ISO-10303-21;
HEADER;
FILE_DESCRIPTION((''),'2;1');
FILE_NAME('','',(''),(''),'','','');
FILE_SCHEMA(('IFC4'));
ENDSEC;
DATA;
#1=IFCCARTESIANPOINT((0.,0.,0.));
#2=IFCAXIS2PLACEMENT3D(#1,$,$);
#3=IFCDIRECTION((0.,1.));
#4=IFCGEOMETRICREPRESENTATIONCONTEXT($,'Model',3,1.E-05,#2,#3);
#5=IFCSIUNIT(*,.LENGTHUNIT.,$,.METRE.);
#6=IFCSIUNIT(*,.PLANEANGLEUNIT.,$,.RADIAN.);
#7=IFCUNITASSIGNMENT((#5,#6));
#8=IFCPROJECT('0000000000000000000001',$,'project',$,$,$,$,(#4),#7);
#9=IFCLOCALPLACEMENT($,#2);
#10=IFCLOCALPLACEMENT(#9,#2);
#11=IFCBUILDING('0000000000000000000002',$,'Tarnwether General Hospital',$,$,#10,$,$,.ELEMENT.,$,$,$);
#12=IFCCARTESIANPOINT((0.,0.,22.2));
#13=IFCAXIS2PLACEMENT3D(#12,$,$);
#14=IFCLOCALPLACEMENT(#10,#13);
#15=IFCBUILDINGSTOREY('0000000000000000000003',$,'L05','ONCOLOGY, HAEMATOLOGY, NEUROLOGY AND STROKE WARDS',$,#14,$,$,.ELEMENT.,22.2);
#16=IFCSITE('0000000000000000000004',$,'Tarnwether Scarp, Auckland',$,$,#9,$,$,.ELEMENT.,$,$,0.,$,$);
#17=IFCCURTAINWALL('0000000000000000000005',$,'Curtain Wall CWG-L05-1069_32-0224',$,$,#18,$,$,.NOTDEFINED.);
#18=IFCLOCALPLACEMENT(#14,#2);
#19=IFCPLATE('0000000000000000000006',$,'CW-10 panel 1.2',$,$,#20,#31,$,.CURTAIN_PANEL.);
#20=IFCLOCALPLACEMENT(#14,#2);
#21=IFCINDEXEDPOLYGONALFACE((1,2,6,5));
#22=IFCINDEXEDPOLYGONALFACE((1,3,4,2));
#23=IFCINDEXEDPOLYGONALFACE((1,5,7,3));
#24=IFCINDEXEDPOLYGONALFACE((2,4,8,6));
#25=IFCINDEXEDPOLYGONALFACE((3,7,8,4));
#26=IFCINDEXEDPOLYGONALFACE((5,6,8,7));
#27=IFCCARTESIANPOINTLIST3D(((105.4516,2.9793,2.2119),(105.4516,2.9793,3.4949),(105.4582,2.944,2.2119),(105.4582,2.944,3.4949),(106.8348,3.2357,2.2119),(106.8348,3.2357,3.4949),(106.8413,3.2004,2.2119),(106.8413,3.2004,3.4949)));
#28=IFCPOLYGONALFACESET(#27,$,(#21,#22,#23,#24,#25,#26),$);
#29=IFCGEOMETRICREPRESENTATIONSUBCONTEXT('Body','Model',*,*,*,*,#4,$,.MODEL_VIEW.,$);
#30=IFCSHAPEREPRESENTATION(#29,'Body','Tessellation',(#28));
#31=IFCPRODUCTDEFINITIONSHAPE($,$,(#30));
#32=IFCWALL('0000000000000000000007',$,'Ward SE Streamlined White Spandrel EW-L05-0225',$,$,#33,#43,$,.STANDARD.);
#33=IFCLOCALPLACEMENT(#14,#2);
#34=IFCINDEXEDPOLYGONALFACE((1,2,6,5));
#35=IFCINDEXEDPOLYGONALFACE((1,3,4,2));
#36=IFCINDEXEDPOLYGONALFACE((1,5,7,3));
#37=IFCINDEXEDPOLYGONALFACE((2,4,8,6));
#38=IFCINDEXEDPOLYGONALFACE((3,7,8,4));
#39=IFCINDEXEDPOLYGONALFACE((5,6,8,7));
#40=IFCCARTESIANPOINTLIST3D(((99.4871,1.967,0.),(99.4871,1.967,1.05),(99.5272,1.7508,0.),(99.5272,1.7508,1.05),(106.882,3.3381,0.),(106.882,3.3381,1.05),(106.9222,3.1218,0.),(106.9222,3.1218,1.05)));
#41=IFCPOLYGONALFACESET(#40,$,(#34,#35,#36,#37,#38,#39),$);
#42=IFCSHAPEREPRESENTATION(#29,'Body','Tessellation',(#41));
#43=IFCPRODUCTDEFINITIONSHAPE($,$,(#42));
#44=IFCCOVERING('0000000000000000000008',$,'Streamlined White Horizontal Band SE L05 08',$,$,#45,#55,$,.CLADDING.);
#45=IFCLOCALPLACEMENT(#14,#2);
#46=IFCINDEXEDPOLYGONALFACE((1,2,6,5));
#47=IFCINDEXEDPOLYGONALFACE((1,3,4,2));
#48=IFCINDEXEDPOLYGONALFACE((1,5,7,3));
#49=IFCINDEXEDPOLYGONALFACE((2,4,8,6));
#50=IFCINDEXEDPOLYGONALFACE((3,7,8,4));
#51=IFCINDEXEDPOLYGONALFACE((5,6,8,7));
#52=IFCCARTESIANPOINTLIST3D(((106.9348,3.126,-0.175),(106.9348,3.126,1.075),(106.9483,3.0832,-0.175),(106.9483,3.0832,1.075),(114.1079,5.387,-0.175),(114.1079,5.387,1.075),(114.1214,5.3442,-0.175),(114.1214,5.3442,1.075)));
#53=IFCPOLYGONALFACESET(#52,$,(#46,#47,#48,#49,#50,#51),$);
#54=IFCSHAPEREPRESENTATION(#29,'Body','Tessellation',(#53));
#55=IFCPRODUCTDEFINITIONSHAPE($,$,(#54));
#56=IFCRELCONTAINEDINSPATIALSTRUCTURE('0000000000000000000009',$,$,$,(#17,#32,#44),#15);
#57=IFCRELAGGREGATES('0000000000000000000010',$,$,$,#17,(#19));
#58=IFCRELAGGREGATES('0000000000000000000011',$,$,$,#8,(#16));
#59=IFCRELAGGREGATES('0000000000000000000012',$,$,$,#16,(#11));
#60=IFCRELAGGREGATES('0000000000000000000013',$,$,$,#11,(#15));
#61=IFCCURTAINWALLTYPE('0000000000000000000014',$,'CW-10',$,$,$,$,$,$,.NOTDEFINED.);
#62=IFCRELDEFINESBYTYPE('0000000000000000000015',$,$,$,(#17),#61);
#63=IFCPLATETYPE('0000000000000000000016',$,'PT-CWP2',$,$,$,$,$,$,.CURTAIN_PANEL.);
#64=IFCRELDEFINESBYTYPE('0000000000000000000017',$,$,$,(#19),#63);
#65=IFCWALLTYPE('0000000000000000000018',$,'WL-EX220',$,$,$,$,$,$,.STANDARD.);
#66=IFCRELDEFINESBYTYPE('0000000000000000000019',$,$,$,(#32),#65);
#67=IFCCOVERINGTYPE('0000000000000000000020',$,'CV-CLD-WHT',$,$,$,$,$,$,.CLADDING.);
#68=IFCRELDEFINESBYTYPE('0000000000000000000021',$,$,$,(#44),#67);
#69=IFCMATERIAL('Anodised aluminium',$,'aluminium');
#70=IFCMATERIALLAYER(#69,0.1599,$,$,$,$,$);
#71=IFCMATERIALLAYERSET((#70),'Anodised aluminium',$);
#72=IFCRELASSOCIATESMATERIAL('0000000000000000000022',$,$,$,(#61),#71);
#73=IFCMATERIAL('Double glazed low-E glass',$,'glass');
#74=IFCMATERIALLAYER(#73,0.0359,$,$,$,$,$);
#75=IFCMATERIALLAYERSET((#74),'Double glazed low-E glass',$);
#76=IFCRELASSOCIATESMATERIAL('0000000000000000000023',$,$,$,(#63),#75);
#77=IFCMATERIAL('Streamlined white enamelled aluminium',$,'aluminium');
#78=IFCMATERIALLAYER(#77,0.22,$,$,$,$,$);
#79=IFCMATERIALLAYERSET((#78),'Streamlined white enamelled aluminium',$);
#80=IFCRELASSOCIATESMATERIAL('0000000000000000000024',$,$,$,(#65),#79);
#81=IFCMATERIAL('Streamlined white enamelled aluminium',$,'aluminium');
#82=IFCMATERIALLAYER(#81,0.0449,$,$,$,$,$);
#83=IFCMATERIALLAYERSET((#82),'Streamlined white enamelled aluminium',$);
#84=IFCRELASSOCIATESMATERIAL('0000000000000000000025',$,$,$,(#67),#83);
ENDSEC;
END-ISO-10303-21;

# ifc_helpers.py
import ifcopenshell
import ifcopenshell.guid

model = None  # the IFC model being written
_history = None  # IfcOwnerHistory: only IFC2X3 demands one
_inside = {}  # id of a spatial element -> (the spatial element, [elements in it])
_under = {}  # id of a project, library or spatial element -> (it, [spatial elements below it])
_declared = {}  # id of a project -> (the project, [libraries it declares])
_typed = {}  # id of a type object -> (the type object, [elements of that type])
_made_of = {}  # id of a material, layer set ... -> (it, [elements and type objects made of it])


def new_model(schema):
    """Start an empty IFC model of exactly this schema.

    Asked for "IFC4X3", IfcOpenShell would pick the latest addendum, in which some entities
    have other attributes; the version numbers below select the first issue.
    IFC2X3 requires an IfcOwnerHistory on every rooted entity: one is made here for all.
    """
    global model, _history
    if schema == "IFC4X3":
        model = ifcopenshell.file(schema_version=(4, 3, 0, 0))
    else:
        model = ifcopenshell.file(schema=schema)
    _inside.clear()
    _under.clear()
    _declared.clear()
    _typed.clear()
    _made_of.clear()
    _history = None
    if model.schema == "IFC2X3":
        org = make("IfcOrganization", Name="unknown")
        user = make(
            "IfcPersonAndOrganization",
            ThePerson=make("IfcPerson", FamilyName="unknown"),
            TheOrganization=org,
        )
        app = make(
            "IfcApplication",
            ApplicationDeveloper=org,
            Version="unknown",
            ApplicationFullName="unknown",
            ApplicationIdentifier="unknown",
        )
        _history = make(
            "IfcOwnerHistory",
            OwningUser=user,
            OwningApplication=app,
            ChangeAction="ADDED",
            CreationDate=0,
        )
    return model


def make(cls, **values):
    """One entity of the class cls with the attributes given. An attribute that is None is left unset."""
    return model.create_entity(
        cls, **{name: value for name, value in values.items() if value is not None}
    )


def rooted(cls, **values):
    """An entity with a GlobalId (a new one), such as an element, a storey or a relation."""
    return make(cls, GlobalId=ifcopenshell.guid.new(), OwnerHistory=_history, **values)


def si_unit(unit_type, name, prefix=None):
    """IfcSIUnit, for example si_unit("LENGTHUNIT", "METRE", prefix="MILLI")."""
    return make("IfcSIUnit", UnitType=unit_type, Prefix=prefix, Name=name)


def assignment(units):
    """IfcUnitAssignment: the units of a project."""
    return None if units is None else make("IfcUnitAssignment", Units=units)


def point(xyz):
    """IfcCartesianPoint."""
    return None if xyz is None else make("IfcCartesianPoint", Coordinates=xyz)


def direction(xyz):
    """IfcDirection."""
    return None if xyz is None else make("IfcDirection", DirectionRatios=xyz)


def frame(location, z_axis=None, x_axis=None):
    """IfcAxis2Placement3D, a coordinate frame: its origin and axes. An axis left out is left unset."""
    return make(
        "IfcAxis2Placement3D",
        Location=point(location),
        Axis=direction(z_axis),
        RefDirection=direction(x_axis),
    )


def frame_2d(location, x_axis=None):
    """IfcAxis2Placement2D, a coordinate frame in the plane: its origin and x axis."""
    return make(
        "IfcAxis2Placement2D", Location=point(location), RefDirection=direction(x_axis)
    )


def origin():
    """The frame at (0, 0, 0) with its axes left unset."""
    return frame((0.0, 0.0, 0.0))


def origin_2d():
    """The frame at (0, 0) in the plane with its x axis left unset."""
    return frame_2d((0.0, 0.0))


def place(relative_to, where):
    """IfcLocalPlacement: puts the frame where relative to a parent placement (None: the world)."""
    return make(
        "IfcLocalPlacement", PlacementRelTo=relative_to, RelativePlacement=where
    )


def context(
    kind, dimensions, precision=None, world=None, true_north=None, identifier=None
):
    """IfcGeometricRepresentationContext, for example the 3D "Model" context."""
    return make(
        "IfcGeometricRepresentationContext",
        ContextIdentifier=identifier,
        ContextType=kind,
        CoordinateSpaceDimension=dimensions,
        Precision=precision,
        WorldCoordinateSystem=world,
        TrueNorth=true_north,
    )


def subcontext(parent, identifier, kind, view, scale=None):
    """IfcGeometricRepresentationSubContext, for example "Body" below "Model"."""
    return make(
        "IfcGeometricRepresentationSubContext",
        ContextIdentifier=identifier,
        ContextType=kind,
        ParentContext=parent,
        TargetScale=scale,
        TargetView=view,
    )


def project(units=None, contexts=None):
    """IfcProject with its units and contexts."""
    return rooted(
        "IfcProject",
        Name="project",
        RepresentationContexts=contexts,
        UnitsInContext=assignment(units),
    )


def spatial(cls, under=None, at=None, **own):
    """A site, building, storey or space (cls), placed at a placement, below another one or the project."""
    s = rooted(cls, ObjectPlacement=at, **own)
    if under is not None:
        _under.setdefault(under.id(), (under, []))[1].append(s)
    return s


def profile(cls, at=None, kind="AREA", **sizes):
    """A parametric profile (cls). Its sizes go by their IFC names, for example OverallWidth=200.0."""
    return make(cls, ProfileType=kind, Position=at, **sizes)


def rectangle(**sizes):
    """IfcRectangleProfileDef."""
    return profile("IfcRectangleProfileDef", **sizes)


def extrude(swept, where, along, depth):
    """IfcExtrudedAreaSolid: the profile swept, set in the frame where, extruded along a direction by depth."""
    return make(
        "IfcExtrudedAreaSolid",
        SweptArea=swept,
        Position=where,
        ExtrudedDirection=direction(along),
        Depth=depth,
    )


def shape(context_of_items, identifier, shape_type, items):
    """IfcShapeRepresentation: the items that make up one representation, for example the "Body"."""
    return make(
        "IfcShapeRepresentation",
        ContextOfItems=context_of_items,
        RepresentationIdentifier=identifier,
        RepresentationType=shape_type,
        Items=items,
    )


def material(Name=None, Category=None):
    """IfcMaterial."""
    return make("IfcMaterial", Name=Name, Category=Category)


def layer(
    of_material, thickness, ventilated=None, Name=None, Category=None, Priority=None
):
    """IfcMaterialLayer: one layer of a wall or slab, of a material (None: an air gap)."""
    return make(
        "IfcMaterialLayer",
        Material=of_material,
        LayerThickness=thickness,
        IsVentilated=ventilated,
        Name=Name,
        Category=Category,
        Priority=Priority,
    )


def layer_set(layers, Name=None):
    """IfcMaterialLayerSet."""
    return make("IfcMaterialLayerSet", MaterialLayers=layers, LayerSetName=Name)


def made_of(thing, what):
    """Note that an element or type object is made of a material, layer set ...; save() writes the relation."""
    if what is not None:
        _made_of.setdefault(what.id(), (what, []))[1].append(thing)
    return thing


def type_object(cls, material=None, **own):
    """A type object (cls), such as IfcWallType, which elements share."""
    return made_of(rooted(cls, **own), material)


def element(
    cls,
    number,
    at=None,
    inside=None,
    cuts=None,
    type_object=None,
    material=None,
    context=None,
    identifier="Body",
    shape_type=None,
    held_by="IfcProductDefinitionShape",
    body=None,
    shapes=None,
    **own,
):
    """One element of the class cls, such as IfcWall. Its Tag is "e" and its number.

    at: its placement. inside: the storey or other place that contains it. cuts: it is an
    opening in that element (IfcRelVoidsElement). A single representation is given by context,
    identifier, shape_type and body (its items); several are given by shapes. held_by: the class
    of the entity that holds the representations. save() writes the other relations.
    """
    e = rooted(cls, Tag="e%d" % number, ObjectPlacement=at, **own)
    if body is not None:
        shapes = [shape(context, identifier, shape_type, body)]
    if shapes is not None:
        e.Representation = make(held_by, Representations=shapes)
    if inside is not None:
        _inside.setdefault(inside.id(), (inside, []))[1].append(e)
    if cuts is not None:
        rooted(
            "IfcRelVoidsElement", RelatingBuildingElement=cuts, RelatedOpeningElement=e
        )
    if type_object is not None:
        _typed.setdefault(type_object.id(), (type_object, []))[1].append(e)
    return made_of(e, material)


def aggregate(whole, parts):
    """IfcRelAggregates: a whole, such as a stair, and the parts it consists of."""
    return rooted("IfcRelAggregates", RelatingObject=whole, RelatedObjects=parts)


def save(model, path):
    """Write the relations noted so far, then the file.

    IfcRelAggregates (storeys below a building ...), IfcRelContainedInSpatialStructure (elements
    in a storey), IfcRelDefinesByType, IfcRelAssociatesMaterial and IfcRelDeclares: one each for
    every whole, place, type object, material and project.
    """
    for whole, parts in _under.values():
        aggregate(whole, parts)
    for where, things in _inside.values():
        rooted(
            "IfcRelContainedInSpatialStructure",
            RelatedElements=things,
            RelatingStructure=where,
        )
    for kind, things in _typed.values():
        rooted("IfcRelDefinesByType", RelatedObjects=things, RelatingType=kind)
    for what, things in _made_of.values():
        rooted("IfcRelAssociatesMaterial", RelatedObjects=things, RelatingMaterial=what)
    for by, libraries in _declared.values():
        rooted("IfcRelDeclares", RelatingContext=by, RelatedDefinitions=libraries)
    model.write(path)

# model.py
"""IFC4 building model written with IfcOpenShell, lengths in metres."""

from ifc_helpers import new_model, si_unit, direction, frame, frame_2d, origin, origin_2d, place, context, subcontext, project, spatial, rectangle, extrude, material, layer, layer_set, type_object, element, aggregate, save


model = new_model("IFC4")

# Units and contexts
model_context = context("Model", 3, precision=1e-05, world=origin(), true_north=direction((0.0, 1.0)))
body_context = subcontext(model_context, "Body", "Model", "MODEL_VIEW")
ifc_project = project(units=[si_unit("LENGTHUNIT", "METRE"), si_unit("PLANEANGLEUNIT", "RADIAN")], contexts=[model_context])

# Site, building, storey
site_placement = place(None, origin())
site = spatial("IfcSite", under=ifc_project, at=site_placement, Name="Tarnwether Scarp, Auckland", CompositionType="ELEMENT", RefElevation=0.0)
building_placement = place(site_placement, origin())
building = spatial("IfcBuilding", under=site, at=building_placement, Name="Tarnwether General Hospital", CompositionType="ELEMENT")
storey_placement = place(building_placement, frame((0.0, 0.0, 22.2)))
storey = spatial("IfcBuildingStorey", under=building, at=storey_placement, Name="L05", Description="ONCOLOGY, HAEMATOLOGY, NEUROLOGY AND STROKE WARDS", CompositionType="ELEMENT", Elevation=22.2)

# Curtain wall
ifc_material_1 = material(Name="Anodised aluminium", Category="aluminium")
ifc_layer_1 = layer(ifc_material_1, 0.1599)
ifc_layer_set_1 = layer_set([ifc_layer_1], Name="Anodised aluminium")
curtain_wall_type = type_object("IfcCurtainWallType", Name="CW-10", PredefinedType="NOTDEFINED", material=ifc_layer_set_1)
curtain_wall_1_placement = place(storey_placement, origin())
curtain_wall_1 = element("IfcCurtainWall", 1, at=curtain_wall_1_placement, inside=storey, type_object=curtain_wall_type, Name="Curtain Wall CWG-L05-1069_32-0224", PredefinedType="NOTDEFINED")

# Plate
ifc_material_2 = material(Name="Double glazed low-E glass", Category="glass")
ifc_layer_2 = layer(ifc_material_2, 0.0359)
ifc_layer_set_2 = layer_set([ifc_layer_2], Name="Double glazed low-E glass")
plate_type_1 = type_object("IfcPlateType", Name="PT-CWP2", PredefinedType="CURTAIN_PANEL", material=ifc_layer_set_2)
plate_1_placement = place(storey_placement, frame((106.1465, 3.0898, 2.2119), z_axis=(0.0, 0.0, 1.0), x_axis=(-0.983245, -0.182289, 0.0)))
plate_1 = element("IfcPlate", 2, at=plate_1_placement, type_object=plate_type_1, Name="CW-10 panel 1.2", PredefinedType="CURTAIN_PANEL", context=body_context, shape_type="SweptSolid", body=[
    extrude(rectangle(XDim=1.4067, YDim=0.0359, at=origin_2d()), origin(), (0.0, 0.0, 1.0), 1.283),
])
aggregate(curtain_wall_1, [plate_1])

# Wall
ifc_material_3 = material(Name="Streamlined white enamelled aluminium", Category="aluminium")
ifc_layer_3 = layer(ifc_material_3, 0.22)
ifc_layer_set_3 = layer_set([ifc_layer_3], Name="Streamlined white enamelled aluminium")
wall_type = type_object("IfcWallType", Name="WL-EX220", PredefinedType="STANDARD", material=ifc_layer_set_3)
wall_placement = place(storey_placement, frame((106.9021, 3.23, 0.0), z_axis=(0.0, 0.0, 1.0), x_axis=(-0.983243, -0.182301, 0.0)))
element("IfcWall", 3, at=wall_placement, inside=storey, type_object=wall_type, Name="Ward SE Streamlined White Spandrel EW-L05-0225", PredefinedType="STANDARD", context=body_context, shape_type="SweptSolid", body=[
    extrude(rectangle(XDim=7.521, YDim=0.22, at=frame_2d((3.7605, 0.0))), origin(), (0.0, 0.0, 1.0), 1.05),
])

# Covering
ifc_material_4 = material(Name="Streamlined white enamelled aluminium", Category="aluminium")
ifc_layer_4 = layer(ifc_material_4, 0.0449)
ifc_layer_set_4 = layer_set([ifc_layer_4], Name="Streamlined white enamelled aluminium")
covering_type = type_object("IfcCoveringType", Name="CV-CLD-WHT", PredefinedType="CLADDING", material=ifc_layer_set_4)
covering_placement = place(storey_placement, frame((110.5281, 4.2351, -0.175), z_axis=(0.0, 0.0, 1.0), x_axis=(-0.953743, -0.300623, 0.0)))
element("IfcCovering", 4, at=covering_placement, inside=storey, type_object=covering_type, Name="Streamlined White Horizontal Band SE L05 08", PredefinedType="CLADDING", context=body_context, shape_type="SweptSolid", body=[
    extrude(rectangle(XDim=7.521, YDim=0.0449, at=origin_2d()), origin(), (0.0, 0.0, 1.0), 1.25),
])

save(model, "model.ifc")
